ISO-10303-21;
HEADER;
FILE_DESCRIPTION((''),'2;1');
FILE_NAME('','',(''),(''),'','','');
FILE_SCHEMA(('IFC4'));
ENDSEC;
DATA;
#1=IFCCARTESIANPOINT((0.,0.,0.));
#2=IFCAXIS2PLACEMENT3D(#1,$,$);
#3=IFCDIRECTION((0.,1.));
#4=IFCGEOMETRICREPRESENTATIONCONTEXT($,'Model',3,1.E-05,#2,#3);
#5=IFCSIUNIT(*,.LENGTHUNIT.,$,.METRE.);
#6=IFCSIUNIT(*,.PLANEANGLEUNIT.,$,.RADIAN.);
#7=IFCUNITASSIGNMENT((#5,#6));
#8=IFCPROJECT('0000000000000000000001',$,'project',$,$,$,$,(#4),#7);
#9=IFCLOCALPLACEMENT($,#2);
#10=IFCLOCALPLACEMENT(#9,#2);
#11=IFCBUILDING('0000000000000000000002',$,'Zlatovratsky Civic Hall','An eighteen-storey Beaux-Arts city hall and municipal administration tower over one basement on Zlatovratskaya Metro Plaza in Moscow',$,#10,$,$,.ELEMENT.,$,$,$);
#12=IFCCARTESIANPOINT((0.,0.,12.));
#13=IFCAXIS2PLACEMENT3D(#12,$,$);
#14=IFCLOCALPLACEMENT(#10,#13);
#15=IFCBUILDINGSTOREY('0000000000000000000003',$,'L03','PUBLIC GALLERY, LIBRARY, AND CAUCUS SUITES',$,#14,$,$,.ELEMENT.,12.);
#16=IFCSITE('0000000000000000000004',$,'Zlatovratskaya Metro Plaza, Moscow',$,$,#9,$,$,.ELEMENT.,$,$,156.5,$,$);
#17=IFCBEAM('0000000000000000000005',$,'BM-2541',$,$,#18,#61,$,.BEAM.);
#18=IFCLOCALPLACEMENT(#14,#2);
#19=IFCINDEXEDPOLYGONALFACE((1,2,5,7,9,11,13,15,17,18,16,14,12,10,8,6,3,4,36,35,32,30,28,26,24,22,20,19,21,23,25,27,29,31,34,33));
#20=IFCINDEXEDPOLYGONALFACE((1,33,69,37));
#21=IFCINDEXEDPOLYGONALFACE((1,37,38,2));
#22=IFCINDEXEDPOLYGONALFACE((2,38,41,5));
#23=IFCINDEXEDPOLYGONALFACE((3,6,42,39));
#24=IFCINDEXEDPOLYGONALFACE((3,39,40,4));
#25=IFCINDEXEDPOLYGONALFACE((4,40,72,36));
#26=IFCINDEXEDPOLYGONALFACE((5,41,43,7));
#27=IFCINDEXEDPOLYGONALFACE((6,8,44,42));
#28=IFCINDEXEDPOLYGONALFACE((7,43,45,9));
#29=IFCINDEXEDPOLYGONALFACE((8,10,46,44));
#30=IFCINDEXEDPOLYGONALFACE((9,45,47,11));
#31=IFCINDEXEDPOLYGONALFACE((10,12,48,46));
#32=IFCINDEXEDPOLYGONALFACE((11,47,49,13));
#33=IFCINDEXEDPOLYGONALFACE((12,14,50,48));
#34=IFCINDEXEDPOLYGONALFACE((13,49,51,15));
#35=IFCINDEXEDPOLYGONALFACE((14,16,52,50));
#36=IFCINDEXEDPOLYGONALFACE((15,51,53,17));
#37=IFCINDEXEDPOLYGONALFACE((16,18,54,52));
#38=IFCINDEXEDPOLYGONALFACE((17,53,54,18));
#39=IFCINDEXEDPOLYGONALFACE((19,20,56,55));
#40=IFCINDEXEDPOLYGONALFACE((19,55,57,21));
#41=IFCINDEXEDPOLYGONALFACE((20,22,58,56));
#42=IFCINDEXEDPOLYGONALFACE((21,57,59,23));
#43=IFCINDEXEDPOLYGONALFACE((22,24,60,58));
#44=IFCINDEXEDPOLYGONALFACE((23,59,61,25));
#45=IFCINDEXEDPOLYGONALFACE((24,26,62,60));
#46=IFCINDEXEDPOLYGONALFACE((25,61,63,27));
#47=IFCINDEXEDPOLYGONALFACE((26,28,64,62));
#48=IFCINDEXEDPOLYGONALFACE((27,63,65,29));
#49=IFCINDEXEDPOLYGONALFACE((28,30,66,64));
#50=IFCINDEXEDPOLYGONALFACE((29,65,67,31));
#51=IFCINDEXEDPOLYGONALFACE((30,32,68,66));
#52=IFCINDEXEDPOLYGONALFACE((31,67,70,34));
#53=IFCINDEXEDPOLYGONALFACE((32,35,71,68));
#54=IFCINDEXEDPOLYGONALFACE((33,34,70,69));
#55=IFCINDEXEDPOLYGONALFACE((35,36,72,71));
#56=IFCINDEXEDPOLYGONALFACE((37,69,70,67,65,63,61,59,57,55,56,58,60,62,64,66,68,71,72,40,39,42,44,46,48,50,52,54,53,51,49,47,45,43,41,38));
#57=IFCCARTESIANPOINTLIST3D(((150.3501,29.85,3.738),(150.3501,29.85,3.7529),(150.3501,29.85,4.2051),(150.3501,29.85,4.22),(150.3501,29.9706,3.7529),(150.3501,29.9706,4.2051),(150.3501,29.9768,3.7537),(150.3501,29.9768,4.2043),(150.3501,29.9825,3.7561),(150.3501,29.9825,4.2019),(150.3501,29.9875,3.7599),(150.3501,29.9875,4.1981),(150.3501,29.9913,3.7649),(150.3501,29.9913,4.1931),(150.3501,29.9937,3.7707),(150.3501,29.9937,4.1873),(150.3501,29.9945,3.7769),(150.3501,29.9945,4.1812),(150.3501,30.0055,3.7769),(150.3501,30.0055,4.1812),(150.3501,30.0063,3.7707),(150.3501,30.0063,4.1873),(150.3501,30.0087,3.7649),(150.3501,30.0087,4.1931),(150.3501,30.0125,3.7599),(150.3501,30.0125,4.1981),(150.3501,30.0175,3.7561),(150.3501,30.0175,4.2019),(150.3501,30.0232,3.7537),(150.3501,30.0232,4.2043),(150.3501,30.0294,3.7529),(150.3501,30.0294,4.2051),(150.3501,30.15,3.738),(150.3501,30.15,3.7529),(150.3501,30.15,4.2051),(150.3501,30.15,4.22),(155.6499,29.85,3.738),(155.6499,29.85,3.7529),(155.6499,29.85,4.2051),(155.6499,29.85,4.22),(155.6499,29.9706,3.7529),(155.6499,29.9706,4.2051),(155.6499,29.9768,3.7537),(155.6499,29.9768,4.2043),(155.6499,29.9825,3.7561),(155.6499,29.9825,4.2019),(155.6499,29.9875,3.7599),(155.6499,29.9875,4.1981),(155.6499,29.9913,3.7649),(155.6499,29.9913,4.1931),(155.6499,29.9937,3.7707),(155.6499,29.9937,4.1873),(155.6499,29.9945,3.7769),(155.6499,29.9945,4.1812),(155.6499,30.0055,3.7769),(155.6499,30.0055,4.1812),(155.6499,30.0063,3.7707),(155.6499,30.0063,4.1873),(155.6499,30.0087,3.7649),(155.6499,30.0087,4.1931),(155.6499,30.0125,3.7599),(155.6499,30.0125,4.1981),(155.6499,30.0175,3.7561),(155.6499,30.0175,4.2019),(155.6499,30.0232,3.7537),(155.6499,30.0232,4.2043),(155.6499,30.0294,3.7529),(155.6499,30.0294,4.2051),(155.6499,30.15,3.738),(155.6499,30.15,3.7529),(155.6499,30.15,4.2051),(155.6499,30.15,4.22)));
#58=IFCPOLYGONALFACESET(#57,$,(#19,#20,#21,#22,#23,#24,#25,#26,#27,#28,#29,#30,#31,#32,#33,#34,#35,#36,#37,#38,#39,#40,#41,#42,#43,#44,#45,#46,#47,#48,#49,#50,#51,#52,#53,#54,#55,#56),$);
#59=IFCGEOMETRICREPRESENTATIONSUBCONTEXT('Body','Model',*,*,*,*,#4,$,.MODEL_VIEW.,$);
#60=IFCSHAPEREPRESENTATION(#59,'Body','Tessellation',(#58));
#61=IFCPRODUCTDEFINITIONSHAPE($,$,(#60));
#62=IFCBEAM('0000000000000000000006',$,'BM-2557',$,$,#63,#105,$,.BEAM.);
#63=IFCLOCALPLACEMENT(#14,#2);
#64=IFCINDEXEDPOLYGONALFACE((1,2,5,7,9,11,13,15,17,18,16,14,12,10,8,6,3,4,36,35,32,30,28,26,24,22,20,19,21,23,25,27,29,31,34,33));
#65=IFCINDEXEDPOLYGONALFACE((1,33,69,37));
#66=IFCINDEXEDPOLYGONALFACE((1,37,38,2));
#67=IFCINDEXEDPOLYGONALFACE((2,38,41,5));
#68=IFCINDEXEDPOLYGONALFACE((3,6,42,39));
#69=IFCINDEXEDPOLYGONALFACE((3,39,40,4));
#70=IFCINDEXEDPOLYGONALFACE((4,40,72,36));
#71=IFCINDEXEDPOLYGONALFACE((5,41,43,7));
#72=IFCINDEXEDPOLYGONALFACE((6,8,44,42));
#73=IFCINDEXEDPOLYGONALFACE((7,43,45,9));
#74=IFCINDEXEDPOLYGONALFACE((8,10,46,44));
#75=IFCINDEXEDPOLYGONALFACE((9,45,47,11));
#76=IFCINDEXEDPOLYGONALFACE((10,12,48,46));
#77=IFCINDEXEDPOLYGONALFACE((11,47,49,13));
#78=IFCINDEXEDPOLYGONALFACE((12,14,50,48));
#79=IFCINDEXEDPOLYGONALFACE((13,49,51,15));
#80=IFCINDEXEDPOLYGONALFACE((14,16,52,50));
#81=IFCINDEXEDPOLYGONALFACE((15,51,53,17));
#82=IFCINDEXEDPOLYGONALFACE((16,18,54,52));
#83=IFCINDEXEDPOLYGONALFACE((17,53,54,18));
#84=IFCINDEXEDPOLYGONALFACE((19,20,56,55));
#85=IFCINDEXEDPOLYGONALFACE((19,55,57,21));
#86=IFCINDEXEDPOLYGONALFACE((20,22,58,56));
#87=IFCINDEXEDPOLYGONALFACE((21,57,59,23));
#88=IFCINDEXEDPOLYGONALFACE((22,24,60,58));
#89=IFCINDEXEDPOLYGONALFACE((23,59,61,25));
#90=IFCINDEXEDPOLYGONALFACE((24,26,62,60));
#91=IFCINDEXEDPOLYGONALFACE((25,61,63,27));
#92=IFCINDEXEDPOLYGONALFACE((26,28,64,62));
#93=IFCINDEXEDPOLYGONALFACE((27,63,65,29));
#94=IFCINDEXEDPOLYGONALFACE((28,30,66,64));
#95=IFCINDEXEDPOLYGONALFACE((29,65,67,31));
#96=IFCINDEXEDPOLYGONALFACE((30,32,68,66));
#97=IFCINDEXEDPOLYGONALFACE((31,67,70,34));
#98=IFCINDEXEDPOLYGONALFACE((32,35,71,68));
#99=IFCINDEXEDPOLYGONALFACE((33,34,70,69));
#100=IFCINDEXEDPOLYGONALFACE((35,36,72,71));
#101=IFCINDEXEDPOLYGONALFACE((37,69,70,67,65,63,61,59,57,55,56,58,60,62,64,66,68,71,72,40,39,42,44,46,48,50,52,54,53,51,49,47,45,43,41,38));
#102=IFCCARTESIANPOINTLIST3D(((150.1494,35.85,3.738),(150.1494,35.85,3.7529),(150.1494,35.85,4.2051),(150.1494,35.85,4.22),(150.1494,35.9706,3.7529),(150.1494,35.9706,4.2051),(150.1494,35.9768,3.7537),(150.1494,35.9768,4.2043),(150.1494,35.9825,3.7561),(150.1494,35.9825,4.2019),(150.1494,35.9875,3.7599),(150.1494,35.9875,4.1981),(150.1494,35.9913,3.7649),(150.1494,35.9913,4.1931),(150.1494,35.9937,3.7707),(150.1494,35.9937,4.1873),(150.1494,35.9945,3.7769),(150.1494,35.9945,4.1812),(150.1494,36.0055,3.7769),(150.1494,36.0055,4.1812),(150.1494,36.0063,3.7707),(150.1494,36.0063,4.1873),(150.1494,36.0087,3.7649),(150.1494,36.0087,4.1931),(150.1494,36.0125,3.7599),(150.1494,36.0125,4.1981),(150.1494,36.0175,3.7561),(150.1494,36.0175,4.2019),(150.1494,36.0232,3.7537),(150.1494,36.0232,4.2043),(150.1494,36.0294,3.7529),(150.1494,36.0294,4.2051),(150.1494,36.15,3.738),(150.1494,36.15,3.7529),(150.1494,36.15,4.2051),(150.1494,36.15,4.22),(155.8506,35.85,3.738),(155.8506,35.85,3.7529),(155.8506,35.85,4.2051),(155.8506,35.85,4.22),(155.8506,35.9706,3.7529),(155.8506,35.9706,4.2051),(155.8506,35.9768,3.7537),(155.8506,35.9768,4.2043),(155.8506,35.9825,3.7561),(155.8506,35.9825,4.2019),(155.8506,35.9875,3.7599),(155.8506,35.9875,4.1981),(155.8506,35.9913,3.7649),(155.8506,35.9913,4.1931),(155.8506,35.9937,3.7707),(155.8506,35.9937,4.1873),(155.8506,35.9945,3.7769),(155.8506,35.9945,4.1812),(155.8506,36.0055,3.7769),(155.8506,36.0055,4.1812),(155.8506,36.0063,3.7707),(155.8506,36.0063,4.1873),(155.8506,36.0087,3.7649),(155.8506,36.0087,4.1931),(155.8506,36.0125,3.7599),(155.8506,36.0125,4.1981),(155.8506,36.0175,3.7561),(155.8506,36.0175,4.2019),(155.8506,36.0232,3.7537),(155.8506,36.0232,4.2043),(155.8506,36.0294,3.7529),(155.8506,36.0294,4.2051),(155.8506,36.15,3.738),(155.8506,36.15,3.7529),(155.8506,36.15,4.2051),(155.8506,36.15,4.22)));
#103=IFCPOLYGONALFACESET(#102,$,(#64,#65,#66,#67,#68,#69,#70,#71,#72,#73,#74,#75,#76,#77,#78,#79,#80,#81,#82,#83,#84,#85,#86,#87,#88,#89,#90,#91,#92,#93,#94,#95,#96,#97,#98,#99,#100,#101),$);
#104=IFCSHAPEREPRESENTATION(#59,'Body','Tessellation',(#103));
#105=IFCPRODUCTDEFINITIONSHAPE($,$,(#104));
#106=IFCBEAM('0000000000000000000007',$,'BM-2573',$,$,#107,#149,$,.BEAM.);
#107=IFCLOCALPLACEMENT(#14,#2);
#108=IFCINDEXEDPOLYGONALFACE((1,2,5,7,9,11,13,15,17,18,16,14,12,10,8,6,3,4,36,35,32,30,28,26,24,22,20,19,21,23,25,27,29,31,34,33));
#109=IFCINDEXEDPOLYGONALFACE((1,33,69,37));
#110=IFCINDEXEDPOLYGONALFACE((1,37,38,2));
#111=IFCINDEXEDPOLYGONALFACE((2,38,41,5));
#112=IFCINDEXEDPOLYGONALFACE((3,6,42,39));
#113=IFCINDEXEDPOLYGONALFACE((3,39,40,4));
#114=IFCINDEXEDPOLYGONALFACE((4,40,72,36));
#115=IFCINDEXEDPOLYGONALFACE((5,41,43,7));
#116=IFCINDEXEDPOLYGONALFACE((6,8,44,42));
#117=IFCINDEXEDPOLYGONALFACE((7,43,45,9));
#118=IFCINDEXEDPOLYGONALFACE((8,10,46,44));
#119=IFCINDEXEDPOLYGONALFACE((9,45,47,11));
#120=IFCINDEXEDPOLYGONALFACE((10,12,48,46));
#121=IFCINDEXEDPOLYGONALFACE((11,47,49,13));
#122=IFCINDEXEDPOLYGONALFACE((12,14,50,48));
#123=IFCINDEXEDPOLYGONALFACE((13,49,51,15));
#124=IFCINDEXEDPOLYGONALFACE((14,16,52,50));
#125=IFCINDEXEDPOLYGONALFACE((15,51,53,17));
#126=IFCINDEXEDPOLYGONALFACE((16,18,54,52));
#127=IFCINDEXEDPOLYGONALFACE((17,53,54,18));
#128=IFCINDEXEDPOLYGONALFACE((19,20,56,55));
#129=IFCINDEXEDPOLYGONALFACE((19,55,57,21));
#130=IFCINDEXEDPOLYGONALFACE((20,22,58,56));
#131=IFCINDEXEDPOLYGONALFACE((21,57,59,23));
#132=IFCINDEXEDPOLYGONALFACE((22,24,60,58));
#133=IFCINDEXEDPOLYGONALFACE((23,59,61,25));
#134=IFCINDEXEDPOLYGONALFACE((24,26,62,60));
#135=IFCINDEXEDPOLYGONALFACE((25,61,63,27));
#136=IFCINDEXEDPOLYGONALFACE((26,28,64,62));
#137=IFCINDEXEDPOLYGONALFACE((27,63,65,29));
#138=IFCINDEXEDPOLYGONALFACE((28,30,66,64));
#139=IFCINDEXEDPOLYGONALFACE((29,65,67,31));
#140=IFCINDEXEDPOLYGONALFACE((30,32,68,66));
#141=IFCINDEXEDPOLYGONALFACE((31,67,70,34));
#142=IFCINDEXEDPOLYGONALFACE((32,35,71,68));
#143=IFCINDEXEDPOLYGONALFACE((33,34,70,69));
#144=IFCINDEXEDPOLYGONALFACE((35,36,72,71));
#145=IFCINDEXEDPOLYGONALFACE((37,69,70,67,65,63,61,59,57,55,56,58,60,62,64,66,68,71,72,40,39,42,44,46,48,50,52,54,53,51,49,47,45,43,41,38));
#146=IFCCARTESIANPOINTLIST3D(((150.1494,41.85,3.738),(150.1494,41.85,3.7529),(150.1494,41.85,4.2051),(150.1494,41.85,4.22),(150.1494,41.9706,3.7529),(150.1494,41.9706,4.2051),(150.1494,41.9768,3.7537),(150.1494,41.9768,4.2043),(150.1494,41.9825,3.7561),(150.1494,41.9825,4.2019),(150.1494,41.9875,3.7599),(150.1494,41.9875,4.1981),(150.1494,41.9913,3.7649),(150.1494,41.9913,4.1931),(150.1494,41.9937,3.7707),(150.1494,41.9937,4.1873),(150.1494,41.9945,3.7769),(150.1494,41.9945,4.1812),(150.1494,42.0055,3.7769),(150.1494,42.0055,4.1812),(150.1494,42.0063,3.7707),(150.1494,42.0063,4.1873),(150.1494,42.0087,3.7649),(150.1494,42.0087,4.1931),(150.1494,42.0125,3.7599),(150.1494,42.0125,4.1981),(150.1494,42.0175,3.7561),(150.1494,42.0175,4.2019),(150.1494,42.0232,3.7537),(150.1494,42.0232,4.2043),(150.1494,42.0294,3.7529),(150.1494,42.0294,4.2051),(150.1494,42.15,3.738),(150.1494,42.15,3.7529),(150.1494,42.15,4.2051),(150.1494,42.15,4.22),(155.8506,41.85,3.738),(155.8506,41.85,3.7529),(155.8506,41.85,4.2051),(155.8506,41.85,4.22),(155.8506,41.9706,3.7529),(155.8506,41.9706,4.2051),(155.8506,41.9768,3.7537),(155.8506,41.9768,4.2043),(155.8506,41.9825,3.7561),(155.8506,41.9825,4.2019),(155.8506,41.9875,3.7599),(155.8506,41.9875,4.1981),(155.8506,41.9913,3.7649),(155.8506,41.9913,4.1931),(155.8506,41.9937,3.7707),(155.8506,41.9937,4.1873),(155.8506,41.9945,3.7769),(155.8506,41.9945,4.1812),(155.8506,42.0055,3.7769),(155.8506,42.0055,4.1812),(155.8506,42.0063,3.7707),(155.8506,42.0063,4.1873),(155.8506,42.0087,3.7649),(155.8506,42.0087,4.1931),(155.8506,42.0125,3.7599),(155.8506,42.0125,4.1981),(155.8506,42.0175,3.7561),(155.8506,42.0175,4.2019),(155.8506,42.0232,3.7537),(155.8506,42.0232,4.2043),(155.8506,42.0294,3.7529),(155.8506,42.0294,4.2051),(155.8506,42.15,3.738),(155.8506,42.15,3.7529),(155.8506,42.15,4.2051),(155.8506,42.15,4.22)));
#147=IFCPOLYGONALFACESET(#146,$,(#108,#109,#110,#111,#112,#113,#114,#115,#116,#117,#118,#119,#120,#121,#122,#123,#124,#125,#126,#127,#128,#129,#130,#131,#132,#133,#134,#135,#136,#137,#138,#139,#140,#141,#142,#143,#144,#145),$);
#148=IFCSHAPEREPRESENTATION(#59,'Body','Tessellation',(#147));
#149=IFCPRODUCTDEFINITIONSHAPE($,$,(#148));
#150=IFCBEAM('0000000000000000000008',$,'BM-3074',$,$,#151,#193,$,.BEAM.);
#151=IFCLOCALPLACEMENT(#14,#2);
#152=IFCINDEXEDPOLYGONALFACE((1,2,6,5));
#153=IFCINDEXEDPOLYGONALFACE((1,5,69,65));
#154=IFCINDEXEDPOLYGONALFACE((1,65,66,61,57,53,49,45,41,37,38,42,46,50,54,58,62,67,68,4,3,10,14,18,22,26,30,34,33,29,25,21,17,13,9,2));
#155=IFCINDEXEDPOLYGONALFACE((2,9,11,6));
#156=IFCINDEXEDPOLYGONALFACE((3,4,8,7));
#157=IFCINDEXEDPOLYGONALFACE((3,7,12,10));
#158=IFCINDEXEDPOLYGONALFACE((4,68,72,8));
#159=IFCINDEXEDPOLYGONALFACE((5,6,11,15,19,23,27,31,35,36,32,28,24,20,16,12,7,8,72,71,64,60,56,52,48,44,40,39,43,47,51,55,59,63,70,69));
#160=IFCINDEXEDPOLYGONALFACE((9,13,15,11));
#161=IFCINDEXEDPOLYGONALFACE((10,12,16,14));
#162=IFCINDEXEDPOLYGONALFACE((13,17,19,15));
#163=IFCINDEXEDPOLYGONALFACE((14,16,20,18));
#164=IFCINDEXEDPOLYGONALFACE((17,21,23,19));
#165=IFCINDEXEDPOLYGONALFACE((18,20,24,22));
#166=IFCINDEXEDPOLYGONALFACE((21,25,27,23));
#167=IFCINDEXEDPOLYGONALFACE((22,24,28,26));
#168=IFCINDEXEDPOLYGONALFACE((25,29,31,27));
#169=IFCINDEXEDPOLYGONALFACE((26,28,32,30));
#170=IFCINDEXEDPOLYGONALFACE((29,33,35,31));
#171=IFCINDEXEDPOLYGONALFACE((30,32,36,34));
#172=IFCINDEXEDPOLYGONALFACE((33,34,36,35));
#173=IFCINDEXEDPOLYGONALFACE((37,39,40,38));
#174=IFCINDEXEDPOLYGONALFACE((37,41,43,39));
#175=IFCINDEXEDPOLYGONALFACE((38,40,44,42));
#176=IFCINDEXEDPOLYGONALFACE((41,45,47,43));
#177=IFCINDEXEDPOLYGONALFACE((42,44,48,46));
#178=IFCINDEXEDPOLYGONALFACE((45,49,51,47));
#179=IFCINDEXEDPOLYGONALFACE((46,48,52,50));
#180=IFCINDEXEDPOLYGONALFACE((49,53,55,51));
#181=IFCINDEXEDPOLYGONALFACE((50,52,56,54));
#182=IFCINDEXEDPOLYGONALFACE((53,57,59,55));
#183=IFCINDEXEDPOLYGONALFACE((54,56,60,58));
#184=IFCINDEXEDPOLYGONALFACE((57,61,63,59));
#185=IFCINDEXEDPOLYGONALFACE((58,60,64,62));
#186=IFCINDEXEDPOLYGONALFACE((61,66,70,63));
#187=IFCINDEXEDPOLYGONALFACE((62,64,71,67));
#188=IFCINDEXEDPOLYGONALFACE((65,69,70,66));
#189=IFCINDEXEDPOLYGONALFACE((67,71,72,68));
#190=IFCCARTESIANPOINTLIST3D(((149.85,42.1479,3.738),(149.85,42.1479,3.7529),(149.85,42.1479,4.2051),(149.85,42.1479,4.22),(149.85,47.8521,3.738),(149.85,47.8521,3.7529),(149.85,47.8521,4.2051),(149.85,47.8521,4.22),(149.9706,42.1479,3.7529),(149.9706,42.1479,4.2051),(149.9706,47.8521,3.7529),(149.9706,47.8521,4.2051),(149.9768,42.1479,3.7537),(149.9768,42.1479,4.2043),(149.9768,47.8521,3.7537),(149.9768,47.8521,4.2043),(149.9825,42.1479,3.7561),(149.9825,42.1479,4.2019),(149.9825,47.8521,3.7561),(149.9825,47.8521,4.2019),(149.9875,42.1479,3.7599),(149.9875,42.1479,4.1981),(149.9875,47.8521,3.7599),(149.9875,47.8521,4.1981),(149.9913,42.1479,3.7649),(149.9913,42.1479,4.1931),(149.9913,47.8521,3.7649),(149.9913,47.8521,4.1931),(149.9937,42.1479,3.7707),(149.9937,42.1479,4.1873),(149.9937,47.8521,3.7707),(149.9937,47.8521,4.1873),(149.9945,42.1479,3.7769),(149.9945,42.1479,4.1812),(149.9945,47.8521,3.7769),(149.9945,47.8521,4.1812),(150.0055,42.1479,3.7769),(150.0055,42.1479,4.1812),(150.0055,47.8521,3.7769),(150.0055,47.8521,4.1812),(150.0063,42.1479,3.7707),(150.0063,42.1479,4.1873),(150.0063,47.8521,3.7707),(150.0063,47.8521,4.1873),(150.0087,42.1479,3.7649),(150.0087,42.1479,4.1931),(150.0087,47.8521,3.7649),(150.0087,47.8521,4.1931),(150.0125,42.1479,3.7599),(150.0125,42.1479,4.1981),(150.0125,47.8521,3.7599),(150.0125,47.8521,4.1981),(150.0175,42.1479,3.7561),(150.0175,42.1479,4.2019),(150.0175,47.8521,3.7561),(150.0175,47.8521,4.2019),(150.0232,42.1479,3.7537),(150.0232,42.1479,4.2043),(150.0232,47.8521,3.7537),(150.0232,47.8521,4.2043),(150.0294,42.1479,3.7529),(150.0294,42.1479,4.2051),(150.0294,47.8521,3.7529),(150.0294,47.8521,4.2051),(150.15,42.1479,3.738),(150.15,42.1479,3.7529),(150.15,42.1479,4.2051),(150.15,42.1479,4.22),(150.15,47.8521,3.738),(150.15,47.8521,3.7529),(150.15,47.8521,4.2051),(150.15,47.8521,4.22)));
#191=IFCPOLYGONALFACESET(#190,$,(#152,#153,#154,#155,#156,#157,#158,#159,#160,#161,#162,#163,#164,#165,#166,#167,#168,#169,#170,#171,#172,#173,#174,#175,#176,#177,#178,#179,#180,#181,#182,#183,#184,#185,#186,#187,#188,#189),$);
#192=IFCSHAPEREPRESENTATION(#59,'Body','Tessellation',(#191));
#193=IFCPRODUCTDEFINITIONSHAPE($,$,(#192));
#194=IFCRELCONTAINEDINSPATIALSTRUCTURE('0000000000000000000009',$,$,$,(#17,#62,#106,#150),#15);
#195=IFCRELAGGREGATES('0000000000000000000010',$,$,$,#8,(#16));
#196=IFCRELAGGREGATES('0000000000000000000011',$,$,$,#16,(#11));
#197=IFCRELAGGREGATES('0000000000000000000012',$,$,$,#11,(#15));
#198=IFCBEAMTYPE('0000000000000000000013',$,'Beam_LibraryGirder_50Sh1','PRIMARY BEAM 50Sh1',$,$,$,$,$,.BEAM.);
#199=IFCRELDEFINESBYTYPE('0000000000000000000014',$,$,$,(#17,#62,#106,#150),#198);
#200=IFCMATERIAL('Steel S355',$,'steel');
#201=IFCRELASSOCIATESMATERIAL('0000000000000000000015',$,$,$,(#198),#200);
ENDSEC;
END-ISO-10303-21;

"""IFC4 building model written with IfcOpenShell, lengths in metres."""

from ifc_helpers import new_model, si_unit, direction, frame, origin, origin_2d, place, context, subcontext, project, spatial, i_section, extrude, material, material_profile, profile_set, type_object, element, save


model = new_model("IFC4")

# Units and contexts
model_context = context("Model", 3, precision=1e-05, world=origin(), true_north=direction((0.0, 1.0)))
body_context = subcontext(model_context, "Body", "Model", "MODEL_VIEW")
ifc_project = project(units=[si_unit("LENGTHUNIT", "METRE"), si_unit("PLANEANGLEUNIT", "RADIAN")], contexts=[model_context])

# Site, building, storey
site_placement = place(None, origin())
site = spatial("IfcSite", under=ifc_project, at=site_placement, Name="Zlatovratskaya Metro Plaza, Moscow", CompositionType="ELEMENT", RefElevation=156.5)
building_placement = place(site_placement, origin())
building = spatial("IfcBuilding", under=site, at=building_placement, Name="Zlatovratsky Civic Hall", Description="An eighteen-storey Beaux-Arts city hall and municipal administration tower over one basement on Zlatovratskaya Metro Plaza in Moscow", CompositionType="ELEMENT")
storey_placement = place(building_placement, frame((0.0, 0.0, 12.0)))
storey = spatial("IfcBuildingStorey", under=building, at=storey_placement, Name="L03", Description="PUBLIC GALLERY, LIBRARY, AND CAUCUS SUITES", CompositionType="ELEMENT", Elevation=12.0)

# Shared definitions
ifc_material_1 = material(Name="Steel S355", Category="steel")

# Beams
ifc_material_profile_1 = material_profile(ifc_material_1, i_section(OverallWidth=0.3, OverallDepth=0.4819, WebThickness=0.011, FlangeThickness=0.0149, FilletRadius=0.0239, at=origin_2d()), Name="50Sh1")
ifc_profile_set_1 = profile_set([ifc_material_profile_1], Name="Steel S355")
beam_type_1 = type_object("IfcBeamType", Name="Beam_LibraryGirder_50Sh1", Description="PRIMARY BEAM 50Sh1", PredefinedType="BEAM", material=ifc_profile_set_1)
beam_1_placement = place(storey_placement, frame((150.3501, 30.0, 3.979), z_axis=(1.0, 0.0, 0.0), x_axis=(0.0, 1.0, 0.0)))
element("IfcBeam", 1, at=beam_1_placement, inside=storey, type_object=beam_type_1, Name="BM-2541", PredefinedType="BEAM", context=body_context, shape_type="SweptSolid", body=[
    extrude(i_section(OverallWidth=0.3, OverallDepth=0.4819, WebThickness=0.011, FlangeThickness=0.0149, FilletRadius=0.0239, at=origin_2d()), origin(), (0.0, 0.0, 1.0), 5.2998),
])
for number, where, z_axis, x_axis, name in (
    (2, (150.1494, 36.0, 3.979), (1.0, 0.0, 0.0), (0.0, 1.0, 0.0), "BM-2557"),
    (3, (150.1494, 42.0, 3.979), (1.0, 0.0, 0.0), (0.0, 1.0, 0.0), "BM-2573"),
):
    element("IfcBeam", number, at=place(storey_placement, frame(where, z_axis=z_axis, x_axis=x_axis)), inside=storey, type_object=beam_type_1, Name=name, PredefinedType="BEAM", context=body_context, shape_type="SweptSolid", body=[
        extrude(i_section(OverallWidth=0.3, OverallDepth=0.4819, WebThickness=0.011, FlangeThickness=0.0149, FilletRadius=0.0239, at=origin_2d()), origin(), (0.0, 0.0, 1.0), 5.7012),
    ])
beam_2_placement = place(storey_placement, frame((150.0, 42.1479, 3.979), z_axis=(0.0, 1.0, 0.0), x_axis=(-1.0, 0.0, 0.0)))
element("IfcBeam", 4, at=beam_2_placement, inside=storey, type_object=beam_type_1, Name="BM-3074", PredefinedType="BEAM", context=body_context, shape_type="SweptSolid", body=[
    extrude(i_section(OverallWidth=0.3, OverallDepth=0.4819, WebThickness=0.011, FlangeThickness=0.0149, FilletRadius=0.0239, at=origin_2d()), origin(), (0.0, 0.0, 1.0), 5.7041),
])

save(model, "model.ifc")
